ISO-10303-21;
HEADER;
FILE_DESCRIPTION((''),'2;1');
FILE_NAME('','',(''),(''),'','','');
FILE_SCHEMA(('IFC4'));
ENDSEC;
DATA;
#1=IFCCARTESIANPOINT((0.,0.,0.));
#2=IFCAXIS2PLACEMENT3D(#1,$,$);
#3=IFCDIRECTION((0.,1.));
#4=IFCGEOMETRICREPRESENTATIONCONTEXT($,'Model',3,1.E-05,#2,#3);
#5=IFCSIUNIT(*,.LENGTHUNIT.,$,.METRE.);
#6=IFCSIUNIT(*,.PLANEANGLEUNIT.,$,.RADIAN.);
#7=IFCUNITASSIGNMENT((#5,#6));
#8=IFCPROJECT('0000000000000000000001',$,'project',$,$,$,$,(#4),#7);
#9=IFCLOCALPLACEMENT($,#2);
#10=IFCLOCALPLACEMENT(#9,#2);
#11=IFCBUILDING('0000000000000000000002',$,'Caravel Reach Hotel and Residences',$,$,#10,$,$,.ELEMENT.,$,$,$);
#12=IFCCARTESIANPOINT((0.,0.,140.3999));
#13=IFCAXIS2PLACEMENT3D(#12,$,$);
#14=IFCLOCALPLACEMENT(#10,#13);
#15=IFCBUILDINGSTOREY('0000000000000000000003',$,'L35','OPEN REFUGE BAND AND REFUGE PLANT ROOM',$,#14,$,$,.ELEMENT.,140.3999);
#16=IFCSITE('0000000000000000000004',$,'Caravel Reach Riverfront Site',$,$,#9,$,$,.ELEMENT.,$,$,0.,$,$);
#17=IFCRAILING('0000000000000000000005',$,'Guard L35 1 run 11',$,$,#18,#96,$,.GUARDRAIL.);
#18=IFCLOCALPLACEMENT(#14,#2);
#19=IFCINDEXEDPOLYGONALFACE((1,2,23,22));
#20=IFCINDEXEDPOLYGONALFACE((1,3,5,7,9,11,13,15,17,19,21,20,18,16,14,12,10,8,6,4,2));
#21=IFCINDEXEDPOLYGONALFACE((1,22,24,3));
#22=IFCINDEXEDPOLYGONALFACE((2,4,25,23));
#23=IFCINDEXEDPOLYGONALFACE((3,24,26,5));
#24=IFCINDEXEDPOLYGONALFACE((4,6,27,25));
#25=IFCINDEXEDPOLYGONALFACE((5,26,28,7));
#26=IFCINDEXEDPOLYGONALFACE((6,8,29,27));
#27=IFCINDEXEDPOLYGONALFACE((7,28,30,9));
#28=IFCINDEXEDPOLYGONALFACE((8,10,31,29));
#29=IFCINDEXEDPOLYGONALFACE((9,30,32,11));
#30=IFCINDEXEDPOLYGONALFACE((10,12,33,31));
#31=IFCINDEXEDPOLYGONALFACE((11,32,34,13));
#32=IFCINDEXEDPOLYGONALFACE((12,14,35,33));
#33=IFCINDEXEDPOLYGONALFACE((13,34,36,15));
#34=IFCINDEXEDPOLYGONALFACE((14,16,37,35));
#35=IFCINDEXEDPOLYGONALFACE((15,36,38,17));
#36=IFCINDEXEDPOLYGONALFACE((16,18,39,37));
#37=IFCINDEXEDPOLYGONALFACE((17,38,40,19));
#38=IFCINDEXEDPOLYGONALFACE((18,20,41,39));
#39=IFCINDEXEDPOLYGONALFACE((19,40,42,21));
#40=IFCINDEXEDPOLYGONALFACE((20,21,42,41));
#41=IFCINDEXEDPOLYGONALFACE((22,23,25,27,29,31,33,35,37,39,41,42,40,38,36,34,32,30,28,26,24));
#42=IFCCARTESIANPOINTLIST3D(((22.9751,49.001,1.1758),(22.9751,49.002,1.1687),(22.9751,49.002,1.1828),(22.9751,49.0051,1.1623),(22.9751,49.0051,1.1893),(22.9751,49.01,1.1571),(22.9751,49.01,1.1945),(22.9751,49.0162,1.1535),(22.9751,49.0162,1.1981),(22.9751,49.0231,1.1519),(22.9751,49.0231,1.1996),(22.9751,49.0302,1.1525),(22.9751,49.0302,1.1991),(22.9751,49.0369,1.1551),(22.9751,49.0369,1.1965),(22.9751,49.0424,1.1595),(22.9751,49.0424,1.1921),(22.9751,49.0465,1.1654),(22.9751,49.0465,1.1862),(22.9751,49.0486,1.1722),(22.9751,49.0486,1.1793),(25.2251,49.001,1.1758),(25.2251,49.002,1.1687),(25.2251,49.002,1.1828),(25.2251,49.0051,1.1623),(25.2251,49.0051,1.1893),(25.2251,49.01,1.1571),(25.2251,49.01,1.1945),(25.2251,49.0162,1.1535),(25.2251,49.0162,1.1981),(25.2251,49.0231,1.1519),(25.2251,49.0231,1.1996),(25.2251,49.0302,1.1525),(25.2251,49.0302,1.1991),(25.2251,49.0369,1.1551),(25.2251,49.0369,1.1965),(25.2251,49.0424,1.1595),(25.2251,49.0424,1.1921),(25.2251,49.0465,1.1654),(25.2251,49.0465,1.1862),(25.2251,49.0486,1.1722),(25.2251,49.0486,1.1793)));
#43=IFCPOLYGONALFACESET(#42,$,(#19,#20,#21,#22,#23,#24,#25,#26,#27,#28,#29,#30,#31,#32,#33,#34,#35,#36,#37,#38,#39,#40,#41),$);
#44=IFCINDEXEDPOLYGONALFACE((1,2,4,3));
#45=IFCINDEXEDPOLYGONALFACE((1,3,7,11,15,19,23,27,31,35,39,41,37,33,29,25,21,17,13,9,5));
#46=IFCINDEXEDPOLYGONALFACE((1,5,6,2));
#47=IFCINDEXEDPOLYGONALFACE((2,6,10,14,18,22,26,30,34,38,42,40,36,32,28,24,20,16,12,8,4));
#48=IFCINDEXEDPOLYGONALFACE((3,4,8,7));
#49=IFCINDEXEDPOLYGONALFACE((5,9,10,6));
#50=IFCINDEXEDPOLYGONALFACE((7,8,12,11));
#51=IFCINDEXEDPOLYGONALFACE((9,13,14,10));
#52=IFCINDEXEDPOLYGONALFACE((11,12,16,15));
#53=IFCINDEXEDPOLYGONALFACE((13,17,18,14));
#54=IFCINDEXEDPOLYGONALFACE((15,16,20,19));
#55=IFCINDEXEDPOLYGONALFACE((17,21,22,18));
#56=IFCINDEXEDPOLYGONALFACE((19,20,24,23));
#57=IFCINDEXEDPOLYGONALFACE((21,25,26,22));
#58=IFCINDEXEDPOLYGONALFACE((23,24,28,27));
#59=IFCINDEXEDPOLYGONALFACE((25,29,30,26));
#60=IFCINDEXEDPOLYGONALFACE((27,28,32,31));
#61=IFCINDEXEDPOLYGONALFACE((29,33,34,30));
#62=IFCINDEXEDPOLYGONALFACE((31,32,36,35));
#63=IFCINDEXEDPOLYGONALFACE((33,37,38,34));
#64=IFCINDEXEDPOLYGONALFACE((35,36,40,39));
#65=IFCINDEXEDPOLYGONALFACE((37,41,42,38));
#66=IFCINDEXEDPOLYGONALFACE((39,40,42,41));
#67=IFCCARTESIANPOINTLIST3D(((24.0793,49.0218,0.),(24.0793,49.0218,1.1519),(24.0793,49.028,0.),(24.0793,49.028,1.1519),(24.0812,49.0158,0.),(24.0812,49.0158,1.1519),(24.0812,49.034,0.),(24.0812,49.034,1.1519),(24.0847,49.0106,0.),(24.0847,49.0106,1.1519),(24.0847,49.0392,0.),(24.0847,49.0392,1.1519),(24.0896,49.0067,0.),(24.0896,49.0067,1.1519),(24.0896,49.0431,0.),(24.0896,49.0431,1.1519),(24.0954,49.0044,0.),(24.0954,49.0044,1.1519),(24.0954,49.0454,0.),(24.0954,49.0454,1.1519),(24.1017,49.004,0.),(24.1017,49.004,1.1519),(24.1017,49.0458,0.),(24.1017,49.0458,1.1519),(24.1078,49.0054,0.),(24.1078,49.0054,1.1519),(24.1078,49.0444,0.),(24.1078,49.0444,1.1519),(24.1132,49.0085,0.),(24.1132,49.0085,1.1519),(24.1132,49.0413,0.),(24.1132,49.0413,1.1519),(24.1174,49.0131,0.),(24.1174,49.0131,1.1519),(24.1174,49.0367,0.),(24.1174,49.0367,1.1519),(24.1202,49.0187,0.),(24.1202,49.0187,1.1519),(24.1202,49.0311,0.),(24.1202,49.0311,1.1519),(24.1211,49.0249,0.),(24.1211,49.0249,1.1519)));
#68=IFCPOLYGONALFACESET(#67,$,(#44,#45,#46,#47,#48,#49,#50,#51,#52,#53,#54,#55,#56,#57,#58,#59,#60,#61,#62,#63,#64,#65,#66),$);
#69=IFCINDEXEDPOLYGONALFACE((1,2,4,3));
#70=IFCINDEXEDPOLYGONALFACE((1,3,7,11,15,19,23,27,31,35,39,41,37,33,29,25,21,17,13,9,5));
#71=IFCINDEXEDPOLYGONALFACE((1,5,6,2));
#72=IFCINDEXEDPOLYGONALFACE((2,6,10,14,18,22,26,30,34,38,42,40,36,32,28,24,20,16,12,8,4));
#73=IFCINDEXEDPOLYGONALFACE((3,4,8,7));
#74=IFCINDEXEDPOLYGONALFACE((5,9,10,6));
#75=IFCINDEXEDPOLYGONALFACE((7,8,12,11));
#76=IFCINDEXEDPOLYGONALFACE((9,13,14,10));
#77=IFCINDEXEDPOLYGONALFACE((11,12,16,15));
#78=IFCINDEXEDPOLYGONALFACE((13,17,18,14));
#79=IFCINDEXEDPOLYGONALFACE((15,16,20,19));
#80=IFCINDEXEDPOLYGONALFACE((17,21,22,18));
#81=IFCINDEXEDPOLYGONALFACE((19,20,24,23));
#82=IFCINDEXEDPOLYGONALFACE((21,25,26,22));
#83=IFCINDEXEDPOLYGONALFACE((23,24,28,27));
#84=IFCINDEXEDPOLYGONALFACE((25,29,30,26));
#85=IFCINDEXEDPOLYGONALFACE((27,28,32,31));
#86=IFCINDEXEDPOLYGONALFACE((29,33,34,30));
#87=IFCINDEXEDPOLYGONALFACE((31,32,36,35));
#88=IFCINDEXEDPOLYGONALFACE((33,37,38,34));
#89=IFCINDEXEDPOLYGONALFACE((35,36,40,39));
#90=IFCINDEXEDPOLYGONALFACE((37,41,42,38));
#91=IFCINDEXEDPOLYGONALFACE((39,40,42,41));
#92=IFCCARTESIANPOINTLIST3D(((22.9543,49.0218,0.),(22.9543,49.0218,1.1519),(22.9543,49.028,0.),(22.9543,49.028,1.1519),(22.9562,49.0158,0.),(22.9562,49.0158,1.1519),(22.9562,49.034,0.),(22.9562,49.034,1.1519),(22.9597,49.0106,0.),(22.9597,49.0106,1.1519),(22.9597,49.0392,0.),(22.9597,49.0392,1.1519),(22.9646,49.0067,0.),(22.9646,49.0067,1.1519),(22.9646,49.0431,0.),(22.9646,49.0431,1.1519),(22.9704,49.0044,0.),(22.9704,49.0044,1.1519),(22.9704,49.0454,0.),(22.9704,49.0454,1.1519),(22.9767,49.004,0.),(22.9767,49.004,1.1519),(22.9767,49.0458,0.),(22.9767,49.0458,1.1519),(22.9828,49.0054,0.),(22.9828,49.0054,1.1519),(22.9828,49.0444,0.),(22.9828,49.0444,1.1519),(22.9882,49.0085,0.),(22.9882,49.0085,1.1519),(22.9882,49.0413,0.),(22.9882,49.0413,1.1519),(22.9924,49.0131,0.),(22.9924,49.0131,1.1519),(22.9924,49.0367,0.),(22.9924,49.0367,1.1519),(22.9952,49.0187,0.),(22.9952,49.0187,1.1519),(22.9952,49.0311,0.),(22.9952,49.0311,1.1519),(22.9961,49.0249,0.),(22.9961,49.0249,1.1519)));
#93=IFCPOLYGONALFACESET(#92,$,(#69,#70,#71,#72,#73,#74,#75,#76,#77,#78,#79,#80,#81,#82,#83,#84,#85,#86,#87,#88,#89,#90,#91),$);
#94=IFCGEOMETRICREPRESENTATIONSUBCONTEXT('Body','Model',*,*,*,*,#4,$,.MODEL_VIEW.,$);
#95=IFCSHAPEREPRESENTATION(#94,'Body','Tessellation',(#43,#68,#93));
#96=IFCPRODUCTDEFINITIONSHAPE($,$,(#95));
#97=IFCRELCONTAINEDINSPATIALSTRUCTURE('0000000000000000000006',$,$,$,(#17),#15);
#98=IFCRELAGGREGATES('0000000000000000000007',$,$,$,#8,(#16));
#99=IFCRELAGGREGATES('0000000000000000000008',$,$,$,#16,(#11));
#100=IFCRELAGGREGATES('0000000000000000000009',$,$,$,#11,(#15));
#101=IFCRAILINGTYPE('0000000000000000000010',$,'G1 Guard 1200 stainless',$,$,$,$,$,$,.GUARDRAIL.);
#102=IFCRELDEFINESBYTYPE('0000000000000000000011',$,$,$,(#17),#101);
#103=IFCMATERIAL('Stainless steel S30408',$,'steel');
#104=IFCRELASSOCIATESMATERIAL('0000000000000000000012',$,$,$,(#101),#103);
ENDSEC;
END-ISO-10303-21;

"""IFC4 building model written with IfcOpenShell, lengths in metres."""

from ifc_helpers import new_model, si_unit, direction, frame, origin, origin_2d, place, context, subcontext, project, spatial, circle, extrude, material, type_object, element, save


model = new_model("IFC4")

# Units and contexts
model_context = context("Model", 3, precision=1e-05, world=origin(), true_north=direction((0.0, 1.0)))
body_context = subcontext(model_context, "Body", "Model", "MODEL_VIEW")
ifc_project = project(units=[si_unit("LENGTHUNIT", "METRE"), si_unit("PLANEANGLEUNIT", "RADIAN")], contexts=[model_context])

# Site, building, storey
site_placement = place(None, origin())
site = spatial("IfcSite", under=ifc_project, at=site_placement, Name="Caravel Reach Riverfront Site", CompositionType="ELEMENT", RefElevation=0.0)
building_placement = place(site_placement, origin())
building = spatial("IfcBuilding", under=site, at=building_placement, Name="Caravel Reach Hotel and Residences", CompositionType="ELEMENT")
storey_placement = place(building_placement, frame((0.0, 0.0, 140.3999)))
storey = spatial("IfcBuildingStorey", under=building, at=storey_placement, Name="L35", Description="OPEN REFUGE BAND AND REFUGE PLANT ROOM", CompositionType="ELEMENT", Elevation=140.3999)

# Railing
ifc_material_1 = material(Name="Stainless steel S30408", Category="steel")
railing_type = type_object("IfcRailingType", Name="G1 Guard 1200 stainless", PredefinedType="GUARDRAIL", material=ifc_material_1)
railing_1_placement = place(storey_placement, frame((25.2251, 49.0249, 0.0)))
element("IfcRailing", 1, at=railing_1_placement, inside=storey, type_object=railing_type, Name="Guard L35 1 run 11", PredefinedType="GUARDRAIL", context=body_context, shape_type="SweptSolid", body=[
    extrude(circle(Radius=0.0239, at=origin_2d()), frame((0.0, 0.0, 1.1758), z_axis=(-1.0, 0.0, 0.0), x_axis=(0.0, -1.0, 0.0)), (0.0, 0.0, 1.0), 2.25),
    extrude(circle(Radius=0.021, at=origin_2d()), frame((-1.125, 0.0, 0.0)), (0.0, 0.0, 1.0), 1.1519),
    extrude(circle(Radius=0.021, at=origin_2d()), frame((-2.25, 0.0, 0.0)), (0.0, 0.0, 1.0), 1.1519),
])

save(model, "model.ifc")
